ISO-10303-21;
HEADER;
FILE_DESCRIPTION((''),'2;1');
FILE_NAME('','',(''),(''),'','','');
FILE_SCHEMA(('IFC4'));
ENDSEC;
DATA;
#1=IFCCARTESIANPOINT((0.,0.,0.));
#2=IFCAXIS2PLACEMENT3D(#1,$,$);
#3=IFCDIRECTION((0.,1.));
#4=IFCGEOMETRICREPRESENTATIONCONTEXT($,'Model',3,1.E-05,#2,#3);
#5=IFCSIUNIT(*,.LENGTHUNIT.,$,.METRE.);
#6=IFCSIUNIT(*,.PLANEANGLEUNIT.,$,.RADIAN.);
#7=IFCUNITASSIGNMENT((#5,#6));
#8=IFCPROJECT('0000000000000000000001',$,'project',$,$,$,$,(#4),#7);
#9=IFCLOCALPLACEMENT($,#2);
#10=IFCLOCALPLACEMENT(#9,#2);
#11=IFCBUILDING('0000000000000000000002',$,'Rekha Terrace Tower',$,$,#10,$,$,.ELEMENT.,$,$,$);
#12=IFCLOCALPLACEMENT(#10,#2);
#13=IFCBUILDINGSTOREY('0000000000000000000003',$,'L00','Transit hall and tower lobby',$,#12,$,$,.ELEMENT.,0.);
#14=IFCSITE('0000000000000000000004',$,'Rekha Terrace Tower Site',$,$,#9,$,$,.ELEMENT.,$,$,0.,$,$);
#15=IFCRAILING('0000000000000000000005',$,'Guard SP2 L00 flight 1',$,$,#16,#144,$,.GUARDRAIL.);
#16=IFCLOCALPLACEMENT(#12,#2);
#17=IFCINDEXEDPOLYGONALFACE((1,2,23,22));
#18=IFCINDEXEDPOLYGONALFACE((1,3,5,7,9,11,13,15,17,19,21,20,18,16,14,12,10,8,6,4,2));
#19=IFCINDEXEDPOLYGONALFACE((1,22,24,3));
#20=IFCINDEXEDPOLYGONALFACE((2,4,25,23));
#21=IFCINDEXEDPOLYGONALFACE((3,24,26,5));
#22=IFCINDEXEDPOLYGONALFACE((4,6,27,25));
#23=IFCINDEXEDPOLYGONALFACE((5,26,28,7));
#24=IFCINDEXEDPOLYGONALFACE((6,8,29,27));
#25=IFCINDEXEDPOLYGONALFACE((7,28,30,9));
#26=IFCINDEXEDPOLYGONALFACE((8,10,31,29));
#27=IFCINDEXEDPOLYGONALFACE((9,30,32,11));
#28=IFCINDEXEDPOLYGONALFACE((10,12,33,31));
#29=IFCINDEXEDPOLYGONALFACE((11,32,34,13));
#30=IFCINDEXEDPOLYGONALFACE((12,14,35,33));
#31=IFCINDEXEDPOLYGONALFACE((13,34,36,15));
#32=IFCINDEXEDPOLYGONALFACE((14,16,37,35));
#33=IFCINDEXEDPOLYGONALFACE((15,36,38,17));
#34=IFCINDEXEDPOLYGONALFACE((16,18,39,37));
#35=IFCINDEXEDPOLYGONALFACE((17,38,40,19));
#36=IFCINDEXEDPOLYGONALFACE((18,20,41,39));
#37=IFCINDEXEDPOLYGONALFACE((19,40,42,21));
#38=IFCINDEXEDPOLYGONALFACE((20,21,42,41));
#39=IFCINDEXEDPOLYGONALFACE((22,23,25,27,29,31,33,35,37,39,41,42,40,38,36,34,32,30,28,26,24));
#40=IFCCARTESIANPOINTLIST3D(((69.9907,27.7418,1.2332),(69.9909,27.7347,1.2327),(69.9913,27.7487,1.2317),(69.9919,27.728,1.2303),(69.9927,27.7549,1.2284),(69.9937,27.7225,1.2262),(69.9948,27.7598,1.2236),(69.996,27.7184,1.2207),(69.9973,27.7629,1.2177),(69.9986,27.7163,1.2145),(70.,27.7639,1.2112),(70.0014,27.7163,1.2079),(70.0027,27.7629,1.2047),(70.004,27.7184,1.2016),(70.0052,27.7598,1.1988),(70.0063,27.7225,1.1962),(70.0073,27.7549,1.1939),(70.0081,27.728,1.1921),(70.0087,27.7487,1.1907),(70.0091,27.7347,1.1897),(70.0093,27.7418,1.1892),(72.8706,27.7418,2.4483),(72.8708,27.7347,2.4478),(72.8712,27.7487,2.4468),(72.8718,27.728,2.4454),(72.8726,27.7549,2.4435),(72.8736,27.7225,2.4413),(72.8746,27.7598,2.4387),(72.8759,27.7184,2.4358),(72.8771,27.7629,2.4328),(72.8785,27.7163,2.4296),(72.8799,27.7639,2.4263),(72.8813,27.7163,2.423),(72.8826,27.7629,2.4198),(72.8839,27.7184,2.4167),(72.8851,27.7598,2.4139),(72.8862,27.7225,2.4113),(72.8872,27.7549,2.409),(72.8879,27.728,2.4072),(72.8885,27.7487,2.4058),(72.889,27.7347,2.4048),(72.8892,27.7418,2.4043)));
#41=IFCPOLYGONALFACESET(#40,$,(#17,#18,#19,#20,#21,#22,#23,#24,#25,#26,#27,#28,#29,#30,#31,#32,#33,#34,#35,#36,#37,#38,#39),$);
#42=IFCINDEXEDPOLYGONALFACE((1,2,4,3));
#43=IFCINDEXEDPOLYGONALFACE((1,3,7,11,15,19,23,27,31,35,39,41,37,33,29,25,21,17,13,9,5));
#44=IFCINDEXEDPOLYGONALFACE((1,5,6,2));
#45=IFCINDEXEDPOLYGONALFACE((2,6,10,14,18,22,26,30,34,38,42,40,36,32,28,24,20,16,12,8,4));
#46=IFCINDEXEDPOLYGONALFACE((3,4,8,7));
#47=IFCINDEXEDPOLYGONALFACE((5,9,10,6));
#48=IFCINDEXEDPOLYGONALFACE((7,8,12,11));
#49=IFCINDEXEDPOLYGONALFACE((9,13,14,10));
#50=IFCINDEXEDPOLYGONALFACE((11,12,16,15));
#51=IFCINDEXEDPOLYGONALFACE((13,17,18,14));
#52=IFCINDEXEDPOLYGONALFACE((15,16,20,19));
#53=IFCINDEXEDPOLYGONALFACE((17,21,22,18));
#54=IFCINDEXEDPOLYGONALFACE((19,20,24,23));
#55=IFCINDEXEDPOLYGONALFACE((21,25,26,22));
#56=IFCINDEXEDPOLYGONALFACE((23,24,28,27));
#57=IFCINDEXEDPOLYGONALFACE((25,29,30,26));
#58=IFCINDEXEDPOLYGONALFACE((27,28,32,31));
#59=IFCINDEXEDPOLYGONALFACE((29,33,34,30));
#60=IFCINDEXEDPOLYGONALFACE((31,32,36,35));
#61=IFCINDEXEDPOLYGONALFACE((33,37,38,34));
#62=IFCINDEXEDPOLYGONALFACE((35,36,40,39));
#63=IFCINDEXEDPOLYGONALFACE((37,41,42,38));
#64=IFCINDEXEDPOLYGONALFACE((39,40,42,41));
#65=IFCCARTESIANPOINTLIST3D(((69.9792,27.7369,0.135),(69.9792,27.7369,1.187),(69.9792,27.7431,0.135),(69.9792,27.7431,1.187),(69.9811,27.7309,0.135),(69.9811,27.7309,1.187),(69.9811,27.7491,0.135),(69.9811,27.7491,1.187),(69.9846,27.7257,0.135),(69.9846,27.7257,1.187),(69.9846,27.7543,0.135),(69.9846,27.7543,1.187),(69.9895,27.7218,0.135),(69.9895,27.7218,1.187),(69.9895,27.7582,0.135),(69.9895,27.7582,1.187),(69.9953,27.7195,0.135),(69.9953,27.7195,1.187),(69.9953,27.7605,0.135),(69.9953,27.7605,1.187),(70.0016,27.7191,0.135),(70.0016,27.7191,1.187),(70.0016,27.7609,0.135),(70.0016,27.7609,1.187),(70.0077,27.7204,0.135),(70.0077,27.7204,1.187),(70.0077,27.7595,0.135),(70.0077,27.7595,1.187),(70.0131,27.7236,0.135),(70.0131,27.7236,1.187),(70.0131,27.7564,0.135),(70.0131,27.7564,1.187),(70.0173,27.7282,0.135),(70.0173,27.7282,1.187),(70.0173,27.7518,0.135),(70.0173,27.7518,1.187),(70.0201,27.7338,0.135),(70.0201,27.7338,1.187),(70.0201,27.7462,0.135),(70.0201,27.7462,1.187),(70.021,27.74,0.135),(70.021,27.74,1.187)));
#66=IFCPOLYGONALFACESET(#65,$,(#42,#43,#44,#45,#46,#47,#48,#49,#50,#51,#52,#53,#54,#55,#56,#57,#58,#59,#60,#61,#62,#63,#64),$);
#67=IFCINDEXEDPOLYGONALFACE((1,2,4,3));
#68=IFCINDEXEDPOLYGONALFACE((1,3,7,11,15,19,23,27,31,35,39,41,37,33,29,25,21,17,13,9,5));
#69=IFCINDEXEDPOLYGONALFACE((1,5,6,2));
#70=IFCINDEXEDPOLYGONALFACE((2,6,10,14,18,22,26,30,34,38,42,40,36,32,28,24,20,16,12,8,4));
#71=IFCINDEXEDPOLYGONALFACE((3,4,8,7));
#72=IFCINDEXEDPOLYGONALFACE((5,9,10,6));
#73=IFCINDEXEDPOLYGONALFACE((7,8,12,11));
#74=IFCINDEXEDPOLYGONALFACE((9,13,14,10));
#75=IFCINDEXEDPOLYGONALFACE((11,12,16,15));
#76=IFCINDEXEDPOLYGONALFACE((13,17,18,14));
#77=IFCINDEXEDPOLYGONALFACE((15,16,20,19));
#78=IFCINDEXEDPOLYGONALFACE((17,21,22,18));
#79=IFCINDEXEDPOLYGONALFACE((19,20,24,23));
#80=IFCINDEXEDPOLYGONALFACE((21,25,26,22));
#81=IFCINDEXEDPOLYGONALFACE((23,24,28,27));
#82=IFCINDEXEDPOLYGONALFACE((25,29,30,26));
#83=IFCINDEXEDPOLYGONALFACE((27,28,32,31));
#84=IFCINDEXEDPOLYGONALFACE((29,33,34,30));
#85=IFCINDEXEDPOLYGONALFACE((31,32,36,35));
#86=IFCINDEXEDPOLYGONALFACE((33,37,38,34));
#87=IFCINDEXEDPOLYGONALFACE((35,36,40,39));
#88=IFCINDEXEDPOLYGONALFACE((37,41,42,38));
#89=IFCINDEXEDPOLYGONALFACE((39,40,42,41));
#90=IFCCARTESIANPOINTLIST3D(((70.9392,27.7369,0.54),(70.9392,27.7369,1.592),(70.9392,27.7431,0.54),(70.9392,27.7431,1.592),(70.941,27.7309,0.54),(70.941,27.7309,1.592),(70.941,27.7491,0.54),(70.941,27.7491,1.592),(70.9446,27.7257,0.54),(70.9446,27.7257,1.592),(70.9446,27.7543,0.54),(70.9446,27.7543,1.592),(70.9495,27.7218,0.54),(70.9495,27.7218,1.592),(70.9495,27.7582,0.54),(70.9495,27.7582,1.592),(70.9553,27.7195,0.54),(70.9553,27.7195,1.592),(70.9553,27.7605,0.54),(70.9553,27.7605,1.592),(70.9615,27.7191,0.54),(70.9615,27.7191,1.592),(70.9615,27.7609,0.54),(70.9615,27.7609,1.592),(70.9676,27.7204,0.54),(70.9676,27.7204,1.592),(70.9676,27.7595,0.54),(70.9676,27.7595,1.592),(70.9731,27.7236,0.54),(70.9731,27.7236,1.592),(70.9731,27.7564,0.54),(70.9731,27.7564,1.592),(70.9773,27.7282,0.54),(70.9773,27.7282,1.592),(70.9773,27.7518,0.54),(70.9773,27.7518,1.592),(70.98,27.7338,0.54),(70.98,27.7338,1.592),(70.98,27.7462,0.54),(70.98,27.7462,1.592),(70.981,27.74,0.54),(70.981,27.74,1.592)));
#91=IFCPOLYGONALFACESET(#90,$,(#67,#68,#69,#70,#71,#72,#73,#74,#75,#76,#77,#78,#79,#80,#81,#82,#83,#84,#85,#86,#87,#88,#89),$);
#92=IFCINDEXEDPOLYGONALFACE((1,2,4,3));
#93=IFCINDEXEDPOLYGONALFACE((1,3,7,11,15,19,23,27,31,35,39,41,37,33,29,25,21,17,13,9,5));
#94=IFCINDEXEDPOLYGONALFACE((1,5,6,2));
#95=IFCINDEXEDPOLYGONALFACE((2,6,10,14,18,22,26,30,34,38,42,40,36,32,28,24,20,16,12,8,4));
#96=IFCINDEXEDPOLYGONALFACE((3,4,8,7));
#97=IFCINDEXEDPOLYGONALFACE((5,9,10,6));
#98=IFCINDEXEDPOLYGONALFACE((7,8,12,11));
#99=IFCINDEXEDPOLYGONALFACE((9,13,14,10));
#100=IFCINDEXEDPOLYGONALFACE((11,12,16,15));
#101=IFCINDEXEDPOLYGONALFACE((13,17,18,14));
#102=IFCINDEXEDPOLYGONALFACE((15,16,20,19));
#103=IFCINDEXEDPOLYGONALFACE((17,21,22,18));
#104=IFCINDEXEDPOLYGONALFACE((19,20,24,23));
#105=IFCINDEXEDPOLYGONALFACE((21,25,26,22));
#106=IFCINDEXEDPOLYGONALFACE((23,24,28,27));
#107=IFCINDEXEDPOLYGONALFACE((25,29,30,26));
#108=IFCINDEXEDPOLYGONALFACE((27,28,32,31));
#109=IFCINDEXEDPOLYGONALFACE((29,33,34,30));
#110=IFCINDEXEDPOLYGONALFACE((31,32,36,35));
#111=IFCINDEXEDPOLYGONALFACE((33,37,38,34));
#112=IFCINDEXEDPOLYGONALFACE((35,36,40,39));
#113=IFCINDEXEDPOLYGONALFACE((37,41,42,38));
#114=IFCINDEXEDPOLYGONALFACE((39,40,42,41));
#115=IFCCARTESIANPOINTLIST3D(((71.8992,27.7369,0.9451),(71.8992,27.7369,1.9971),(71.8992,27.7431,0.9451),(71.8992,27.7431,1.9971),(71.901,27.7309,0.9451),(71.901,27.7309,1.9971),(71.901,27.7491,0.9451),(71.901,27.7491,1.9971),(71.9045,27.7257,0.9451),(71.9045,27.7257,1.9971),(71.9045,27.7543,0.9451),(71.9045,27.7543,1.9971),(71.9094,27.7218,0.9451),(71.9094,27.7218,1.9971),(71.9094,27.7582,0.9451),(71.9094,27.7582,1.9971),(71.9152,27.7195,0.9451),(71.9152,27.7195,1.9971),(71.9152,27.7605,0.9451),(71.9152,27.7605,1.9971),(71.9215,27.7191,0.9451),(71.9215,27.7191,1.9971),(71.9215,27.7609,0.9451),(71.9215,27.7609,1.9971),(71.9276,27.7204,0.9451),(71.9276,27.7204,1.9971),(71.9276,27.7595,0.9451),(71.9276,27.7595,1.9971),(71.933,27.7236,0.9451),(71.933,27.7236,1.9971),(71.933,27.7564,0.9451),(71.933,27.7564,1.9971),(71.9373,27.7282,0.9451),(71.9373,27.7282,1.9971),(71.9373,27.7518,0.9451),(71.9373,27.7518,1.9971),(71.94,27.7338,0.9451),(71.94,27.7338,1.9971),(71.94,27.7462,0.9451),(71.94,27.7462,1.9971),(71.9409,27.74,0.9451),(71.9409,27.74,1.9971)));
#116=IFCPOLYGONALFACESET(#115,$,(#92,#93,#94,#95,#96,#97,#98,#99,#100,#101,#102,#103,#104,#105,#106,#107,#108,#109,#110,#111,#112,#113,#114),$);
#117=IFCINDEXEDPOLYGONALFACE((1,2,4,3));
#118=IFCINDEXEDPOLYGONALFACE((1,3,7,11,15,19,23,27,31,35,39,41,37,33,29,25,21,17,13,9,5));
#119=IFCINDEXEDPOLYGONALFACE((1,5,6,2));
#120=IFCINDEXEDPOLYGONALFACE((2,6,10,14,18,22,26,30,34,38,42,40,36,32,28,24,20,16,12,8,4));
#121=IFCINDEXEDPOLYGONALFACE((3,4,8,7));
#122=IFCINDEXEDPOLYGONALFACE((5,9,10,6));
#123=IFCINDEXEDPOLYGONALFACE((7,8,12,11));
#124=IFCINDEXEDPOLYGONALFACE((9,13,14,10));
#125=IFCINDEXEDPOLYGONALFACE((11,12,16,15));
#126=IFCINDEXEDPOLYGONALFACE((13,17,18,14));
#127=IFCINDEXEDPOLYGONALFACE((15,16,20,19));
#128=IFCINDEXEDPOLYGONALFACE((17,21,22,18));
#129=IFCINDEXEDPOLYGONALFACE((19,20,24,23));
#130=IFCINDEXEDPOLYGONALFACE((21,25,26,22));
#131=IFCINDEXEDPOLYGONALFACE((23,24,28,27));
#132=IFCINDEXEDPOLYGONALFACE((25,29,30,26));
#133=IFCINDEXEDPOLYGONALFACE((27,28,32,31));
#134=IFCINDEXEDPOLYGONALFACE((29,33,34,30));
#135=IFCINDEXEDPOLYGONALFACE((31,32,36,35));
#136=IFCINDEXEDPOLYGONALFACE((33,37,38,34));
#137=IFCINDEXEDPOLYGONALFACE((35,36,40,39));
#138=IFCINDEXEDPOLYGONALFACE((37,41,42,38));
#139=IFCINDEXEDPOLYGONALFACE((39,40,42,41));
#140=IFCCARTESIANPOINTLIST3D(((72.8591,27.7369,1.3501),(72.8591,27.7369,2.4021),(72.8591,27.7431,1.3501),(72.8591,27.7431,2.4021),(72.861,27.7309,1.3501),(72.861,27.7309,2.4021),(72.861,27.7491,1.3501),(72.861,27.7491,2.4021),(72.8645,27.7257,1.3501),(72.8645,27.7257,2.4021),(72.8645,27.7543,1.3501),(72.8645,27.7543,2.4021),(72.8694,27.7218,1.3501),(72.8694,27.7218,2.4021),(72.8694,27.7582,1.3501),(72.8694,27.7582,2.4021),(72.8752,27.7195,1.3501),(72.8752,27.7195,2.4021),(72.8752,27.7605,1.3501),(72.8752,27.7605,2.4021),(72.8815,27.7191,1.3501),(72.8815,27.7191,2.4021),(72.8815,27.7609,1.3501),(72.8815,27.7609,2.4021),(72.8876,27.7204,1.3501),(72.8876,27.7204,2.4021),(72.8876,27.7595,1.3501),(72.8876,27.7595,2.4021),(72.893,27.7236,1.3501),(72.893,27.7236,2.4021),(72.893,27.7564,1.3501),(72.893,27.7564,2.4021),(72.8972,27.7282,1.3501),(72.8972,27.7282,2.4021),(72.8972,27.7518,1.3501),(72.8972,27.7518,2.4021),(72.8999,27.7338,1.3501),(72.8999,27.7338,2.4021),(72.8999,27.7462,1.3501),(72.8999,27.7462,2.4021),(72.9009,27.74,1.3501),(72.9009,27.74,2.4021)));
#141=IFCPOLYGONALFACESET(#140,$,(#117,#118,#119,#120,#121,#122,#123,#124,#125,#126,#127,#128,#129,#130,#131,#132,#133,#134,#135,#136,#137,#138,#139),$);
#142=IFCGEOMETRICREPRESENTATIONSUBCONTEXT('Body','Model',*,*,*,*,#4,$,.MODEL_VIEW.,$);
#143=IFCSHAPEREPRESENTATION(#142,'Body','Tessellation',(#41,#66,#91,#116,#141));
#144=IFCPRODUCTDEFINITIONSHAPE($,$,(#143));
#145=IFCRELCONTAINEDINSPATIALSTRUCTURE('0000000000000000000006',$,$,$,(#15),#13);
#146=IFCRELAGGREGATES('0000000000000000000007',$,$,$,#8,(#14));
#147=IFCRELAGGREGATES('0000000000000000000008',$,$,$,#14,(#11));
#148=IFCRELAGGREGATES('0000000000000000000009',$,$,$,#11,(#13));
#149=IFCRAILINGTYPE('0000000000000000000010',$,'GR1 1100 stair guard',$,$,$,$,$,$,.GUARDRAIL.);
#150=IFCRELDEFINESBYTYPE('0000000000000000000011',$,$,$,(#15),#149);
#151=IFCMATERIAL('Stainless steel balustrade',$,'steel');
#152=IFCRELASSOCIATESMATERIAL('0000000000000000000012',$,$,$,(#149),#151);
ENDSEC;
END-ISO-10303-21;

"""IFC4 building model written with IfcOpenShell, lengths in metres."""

from ifc_helpers import new_model, si_unit, direction, frame, origin, origin_2d, place, context, subcontext, project, spatial, circle, extrude, material, type_object, element, save


model = new_model("IFC4")

# Units and contexts
model_context = context("Model", 3, precision=1e-05, world=origin(), true_north=direction((0.0, 1.0)))
body_context = subcontext(model_context, "Body", "Model", "MODEL_VIEW")
ifc_project = project(units=[si_unit("LENGTHUNIT", "METRE"), si_unit("PLANEANGLEUNIT", "RADIAN")], contexts=[model_context])

# Site, building, storey
site_placement = place(None, origin())
site = spatial("IfcSite", under=ifc_project, at=site_placement, Name="Rekha Terrace Tower Site", CompositionType="ELEMENT", RefElevation=0.0)
building_placement = place(site_placement, origin())
building = spatial("IfcBuilding", under=site, at=building_placement, Name="Rekha Terrace Tower", CompositionType="ELEMENT")
storey_placement = place(building_placement, origin())
storey = spatial("IfcBuildingStorey", under=building, at=storey_placement, Name="L00", Description="Transit hall and tower lobby", CompositionType="ELEMENT", Elevation=0.0)

# Railing
ifc_material_1 = material(Name="Stainless steel balustrade", Category="steel")
railing_type_1 = type_object("IfcRailingType", Name="GR1 1100 stair guard", PredefinedType="GUARDRAIL", material=ifc_material_1)
railing_1_placement = place(storey_placement, frame((70.0, 27.74, 0.135)))
element("IfcRailing", 1, at=railing_1_placement, inside=storey, type_object=railing_type_1, Name="Guard SP2 L00 flight 1", PredefinedType="GUARDRAIL", context=body_context, shape_type="SweptSolid", body=[
    extrude(circle(Radius=0.0239, at=origin_2d()), frame((0.0, 0.0, 1.0762), z_axis=(0.921348, 0.0, 0.388738), x_axis=(0.0, 1.0, 0.0)), (0.0, 0.0, 1.0), 3.1257),
    extrude(circle(Radius=0.021, at=origin_2d()), origin(), (0.0, 0.0, 1.0), 1.052),
    extrude(circle(Radius=0.021, at=origin_2d()), frame((0.96, 0.0, 0.405)), (0.0, 0.0, 1.0), 1.052),
    extrude(circle(Radius=0.021, at=origin_2d()), frame((1.9199, 0.0, 0.8101)), (0.0, 0.0, 1.0), 1.052),
    extrude(circle(Radius=0.021, at=origin_2d()), frame((2.8799, 0.0, 1.2151)), (0.0, 0.0, 1.0), 1.052),
])

save(model, "model.ifc")
